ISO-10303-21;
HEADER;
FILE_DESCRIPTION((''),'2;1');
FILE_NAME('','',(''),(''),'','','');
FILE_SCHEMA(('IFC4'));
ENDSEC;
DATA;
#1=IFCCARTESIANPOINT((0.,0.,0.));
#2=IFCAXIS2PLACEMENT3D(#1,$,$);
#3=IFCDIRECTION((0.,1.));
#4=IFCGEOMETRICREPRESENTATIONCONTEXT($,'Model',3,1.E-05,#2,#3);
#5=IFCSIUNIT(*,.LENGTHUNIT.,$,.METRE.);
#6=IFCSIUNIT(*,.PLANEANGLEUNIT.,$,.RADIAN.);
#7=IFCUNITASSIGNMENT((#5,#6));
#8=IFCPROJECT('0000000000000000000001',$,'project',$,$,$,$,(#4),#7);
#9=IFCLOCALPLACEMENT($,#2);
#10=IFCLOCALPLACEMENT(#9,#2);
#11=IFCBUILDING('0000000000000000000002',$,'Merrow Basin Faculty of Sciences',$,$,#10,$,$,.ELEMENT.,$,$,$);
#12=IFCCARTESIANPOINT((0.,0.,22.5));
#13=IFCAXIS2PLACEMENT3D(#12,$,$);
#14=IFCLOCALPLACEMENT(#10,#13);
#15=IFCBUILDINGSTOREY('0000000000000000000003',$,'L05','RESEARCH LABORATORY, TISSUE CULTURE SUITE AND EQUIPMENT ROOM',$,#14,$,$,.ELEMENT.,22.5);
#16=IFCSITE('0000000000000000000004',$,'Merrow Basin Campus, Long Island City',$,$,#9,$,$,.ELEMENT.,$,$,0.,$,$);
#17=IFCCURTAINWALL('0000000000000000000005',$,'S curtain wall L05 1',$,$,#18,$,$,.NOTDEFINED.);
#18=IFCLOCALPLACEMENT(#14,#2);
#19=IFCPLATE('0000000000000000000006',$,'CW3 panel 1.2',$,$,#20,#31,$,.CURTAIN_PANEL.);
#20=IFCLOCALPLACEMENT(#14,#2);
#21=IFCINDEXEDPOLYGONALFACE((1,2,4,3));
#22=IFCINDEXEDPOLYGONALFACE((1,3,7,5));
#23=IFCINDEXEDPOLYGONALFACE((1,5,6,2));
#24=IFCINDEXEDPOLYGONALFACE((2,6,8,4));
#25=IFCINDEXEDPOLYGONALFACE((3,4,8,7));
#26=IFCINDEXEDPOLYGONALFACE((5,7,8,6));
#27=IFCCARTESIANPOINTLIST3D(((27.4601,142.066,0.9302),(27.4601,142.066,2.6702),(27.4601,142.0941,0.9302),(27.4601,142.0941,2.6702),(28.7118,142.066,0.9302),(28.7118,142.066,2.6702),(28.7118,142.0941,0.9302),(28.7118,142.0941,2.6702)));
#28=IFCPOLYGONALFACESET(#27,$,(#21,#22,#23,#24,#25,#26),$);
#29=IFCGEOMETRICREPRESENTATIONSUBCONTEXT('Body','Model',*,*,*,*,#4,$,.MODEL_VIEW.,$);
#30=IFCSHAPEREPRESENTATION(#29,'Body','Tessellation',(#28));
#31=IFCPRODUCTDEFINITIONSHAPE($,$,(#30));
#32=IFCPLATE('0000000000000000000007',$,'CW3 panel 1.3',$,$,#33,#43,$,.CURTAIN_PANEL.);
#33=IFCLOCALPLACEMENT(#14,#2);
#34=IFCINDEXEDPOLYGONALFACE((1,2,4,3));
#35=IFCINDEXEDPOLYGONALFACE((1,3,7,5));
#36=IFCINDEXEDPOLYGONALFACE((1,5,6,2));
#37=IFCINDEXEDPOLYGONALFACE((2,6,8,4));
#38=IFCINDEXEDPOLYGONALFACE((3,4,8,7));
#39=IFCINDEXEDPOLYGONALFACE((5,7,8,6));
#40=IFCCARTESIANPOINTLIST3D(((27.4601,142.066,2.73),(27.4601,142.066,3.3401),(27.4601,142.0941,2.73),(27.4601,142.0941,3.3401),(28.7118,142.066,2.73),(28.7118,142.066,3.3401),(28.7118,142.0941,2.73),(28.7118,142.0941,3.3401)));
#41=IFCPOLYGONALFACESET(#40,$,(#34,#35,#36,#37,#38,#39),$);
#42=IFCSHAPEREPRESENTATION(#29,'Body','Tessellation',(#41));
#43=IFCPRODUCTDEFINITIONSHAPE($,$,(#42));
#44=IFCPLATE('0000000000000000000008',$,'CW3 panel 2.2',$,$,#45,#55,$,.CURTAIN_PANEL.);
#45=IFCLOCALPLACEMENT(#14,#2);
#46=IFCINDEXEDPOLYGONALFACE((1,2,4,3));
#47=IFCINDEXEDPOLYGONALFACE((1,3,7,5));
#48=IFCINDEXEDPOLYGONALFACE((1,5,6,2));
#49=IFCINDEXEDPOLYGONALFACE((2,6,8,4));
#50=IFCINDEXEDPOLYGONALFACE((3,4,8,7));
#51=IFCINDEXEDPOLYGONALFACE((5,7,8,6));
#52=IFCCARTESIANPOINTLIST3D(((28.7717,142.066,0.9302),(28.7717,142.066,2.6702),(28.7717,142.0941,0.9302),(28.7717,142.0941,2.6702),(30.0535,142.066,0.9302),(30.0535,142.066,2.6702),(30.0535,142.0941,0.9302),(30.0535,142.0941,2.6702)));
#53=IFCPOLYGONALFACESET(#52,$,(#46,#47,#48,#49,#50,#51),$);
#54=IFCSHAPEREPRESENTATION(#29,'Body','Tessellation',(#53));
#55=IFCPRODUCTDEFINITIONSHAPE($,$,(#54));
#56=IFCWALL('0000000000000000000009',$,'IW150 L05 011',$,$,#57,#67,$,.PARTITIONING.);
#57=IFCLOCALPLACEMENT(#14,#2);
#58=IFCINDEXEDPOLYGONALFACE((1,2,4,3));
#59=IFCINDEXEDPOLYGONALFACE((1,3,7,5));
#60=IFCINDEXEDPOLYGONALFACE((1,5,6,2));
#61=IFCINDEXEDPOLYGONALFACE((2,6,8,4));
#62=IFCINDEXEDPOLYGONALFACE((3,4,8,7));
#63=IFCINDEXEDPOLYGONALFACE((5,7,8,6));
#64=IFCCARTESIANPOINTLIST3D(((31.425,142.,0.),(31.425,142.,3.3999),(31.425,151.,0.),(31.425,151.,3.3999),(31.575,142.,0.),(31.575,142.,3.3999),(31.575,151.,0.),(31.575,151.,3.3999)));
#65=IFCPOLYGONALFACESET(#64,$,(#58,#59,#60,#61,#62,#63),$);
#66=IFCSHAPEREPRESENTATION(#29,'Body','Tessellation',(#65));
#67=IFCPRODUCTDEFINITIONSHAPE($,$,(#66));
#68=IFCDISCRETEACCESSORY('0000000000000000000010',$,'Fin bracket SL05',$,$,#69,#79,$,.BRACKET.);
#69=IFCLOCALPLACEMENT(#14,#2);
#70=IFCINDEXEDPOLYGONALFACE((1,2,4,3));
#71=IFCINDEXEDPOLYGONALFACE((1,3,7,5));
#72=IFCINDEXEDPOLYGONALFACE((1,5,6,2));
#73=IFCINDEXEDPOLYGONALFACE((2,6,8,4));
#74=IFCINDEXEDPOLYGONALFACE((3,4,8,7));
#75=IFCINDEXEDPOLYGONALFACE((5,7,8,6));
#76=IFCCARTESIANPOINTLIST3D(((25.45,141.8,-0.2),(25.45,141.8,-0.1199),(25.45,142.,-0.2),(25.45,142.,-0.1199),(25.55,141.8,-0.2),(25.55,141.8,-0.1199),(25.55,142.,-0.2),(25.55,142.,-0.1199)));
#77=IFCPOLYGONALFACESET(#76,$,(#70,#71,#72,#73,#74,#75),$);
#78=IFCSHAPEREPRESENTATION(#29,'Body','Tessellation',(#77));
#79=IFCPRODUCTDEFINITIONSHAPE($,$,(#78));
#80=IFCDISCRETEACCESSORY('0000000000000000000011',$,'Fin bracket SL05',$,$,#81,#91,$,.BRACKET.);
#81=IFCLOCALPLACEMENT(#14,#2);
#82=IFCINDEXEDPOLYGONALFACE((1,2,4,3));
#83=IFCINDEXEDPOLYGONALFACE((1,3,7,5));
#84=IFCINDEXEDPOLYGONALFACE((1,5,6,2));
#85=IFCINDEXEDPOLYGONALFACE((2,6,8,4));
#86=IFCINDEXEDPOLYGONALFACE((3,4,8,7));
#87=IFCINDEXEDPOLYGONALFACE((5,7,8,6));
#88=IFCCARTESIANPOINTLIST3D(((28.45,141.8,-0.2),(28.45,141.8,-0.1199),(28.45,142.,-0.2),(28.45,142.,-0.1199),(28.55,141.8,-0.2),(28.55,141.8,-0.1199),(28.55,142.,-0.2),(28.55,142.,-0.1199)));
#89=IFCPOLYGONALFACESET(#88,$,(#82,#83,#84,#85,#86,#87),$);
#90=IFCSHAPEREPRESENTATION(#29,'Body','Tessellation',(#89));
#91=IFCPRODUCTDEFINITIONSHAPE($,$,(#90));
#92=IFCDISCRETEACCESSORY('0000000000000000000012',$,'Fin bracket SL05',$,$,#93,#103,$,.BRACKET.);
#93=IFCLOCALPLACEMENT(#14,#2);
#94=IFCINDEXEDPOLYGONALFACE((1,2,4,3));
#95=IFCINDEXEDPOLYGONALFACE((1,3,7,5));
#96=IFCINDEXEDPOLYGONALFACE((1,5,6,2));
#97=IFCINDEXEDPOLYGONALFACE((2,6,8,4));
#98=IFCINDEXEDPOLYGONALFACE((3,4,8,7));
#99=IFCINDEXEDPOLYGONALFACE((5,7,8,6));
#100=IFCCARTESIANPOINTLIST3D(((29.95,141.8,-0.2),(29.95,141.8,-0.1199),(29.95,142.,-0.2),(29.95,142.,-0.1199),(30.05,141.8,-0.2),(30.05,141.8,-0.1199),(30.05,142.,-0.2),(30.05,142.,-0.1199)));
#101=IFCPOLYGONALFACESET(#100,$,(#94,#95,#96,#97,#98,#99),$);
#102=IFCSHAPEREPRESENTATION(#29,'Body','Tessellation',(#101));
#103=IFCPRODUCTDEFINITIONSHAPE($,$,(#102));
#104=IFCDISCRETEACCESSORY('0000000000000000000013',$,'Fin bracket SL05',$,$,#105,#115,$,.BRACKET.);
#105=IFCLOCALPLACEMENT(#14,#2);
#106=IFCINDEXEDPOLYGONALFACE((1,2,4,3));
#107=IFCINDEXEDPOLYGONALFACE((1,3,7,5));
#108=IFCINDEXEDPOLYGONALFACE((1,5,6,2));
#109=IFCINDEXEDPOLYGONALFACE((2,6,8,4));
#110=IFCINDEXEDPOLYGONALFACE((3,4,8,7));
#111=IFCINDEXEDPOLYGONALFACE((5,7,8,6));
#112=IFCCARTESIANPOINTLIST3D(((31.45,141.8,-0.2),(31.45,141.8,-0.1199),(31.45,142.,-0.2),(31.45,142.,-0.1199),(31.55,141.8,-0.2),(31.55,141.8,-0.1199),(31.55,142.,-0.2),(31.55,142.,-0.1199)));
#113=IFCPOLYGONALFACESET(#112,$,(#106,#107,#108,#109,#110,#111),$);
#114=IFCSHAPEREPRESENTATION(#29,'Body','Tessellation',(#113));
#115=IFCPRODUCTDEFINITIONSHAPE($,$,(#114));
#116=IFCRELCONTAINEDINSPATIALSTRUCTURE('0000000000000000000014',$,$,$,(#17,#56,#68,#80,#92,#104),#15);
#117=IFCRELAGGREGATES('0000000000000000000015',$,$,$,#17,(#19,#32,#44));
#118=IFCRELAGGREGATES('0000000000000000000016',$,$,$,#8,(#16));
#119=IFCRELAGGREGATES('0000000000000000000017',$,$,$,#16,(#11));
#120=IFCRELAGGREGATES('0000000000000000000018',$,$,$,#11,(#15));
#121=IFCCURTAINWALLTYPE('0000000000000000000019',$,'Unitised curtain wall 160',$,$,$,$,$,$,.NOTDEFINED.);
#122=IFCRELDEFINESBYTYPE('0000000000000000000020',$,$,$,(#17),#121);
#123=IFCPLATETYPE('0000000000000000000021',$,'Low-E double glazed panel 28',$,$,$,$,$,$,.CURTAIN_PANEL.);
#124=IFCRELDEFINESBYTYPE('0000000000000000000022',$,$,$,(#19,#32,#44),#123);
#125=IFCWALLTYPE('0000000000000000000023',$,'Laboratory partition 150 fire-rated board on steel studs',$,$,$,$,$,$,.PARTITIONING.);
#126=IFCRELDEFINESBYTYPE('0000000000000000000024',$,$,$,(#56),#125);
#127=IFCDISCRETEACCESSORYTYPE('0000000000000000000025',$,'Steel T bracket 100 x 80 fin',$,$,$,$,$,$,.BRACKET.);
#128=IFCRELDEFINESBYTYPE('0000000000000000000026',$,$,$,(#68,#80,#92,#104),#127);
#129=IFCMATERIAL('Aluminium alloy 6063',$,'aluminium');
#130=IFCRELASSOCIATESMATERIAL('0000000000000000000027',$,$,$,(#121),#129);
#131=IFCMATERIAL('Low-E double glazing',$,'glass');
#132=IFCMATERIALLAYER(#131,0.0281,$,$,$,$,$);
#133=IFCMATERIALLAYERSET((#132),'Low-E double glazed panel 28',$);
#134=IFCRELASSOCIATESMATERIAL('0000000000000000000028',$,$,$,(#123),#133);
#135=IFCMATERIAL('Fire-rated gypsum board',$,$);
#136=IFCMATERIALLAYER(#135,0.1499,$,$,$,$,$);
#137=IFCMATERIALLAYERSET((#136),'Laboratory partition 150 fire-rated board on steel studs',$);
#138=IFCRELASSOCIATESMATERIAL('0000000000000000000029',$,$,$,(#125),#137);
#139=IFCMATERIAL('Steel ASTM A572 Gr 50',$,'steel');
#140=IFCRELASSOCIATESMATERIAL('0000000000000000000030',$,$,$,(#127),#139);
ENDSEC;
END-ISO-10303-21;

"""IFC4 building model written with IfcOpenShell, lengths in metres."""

from ifc_helpers import new_model, si_unit, direction, frame, frame_2d, origin, origin_2d, place, context, subcontext, project, spatial, polyline, rectangle, outline, extrude, source, transform, mapped, material, layer, layer_set, type_object, element, aggregate, save


model = new_model("IFC4")

# Units and contexts
model_context = context("Model", 3, precision=1e-05, world=origin(), true_north=direction((0.0, 1.0)))
body_context = subcontext(model_context, "Body", "Model", "MODEL_VIEW")
ifc_project = project(units=[si_unit("LENGTHUNIT", "METRE"), si_unit("PLANEANGLEUNIT", "RADIAN")], contexts=[model_context])

# Site, building, storey
site_placement = place(None, origin())
site = spatial("IfcSite", under=ifc_project, at=site_placement, Name="Merrow Basin Campus, Long Island City", CompositionType="ELEMENT", RefElevation=0.0)
building_placement = place(site_placement, origin())
building = spatial("IfcBuilding", under=site, at=building_placement, Name="Merrow Basin Faculty of Sciences", CompositionType="ELEMENT")
storey_placement = place(building_placement, frame((0.0, 0.0, 22.5)))
storey = spatial("IfcBuildingStorey", under=building, at=storey_placement, Name="L05", Description="RESEARCH LABORATORY, TISSUE CULTURE SUITE AND EQUIPMENT ROOM", CompositionType="ELEMENT", Elevation=22.5)

# Curtain wall
ifc_material_1 = material(Name="Aluminium alloy 6063", Category="aluminium")
curtain_wall_type = type_object("IfcCurtainWallType", Name="Unitised curtain wall 160", PredefinedType="NOTDEFINED", material=ifc_material_1)
curtain_wall_placement = place(storey_placement, origin())
curtain_wall = element("IfcCurtainWall", 1, at=curtain_wall_placement, inside=storey, type_object=curtain_wall_type, Name="S curtain wall L05 1", PredefinedType="NOTDEFINED")

# Plates
ifc_material_2 = material(Name="Low-E double glazing", Category="glass")
ifc_layer_1 = layer(ifc_material_2, 0.0281)
ifc_layer_set_1 = layer_set([ifc_layer_1], Name="Low-E double glazed panel 28")
plate_type_1 = type_object("IfcPlateType", Name="Low-E double glazed panel 28", PredefinedType="CURTAIN_PANEL", material=ifc_layer_set_1)
plate_1_placement = place(storey_placement, frame((28.0859, 142.0801, 0.9302), z_axis=(0.0, 0.0, 1.0), x_axis=(1.0, 0.0, 0.0)))
plate_1 = element("IfcPlate", 2, at=plate_1_placement, type_object=plate_type_1, Name="CW3 panel 1.2", PredefinedType="CURTAIN_PANEL", context=body_context, shape_type="SweptSolid", body=[
    extrude(rectangle(XDim=1.2517, YDim=0.0281, at=origin_2d()), origin(), (0.0, 0.0, 1.0), 1.74),
])
plate_2_placement = place(storey_placement, frame((28.0859, 142.0801, 2.73), z_axis=(0.0, 0.0, 1.0), x_axis=(1.0, 0.0, 0.0)))
plate_2 = element("IfcPlate", 3, at=plate_2_placement, type_object=plate_type_1, Name="CW3 panel 1.3", PredefinedType="CURTAIN_PANEL", context=body_context, shape_type="SweptSolid", body=[
    extrude(rectangle(XDim=1.2517, YDim=0.0281, at=origin_2d()), origin(), (0.0, 0.0, 1.0), 0.6101),
])
plate_3_placement = place(storey_placement, frame((29.4126, 142.0801, 0.9302), z_axis=(0.0, 0.0, 1.0), x_axis=(1.0, 0.0, 0.0)))
plate_3 = element("IfcPlate", 4, at=plate_3_placement, type_object=plate_type_1, Name="CW3 panel 2.2", PredefinedType="CURTAIN_PANEL", context=body_context, shape_type="SweptSolid", body=[
    extrude(rectangle(XDim=1.2817, YDim=0.0281, at=origin_2d()), origin(), (0.0, 0.0, 1.0), 1.74),
])
aggregate(curtain_wall, [plate_1, plate_2, plate_3])

# Wall
ifc_material_3 = material(Name="Fire-rated gypsum board")
ifc_layer_2 = layer(ifc_material_3, 0.1499)
ifc_layer_set_2 = layer_set([ifc_layer_2], Name="Laboratory partition 150 fire-rated board on steel studs")
wall_type = type_object("IfcWallType", Name="Laboratory partition 150 fire-rated board on steel studs", PredefinedType="PARTITIONING", material=ifc_layer_set_2)
wall_placement = place(storey_placement, frame((31.5, 142.0, 0.0), z_axis=(0.0, 0.0, 1.0), x_axis=(0.0, 1.0, 0.0)))
element("IfcWall", 5, at=wall_placement, inside=storey, type_object=wall_type, Name="IW150 L05 011", PredefinedType="PARTITIONING", context=body_context, shape_type="SweptSolid", body=[
    extrude(rectangle(XDim=9.0, YDim=0.1499, at=frame_2d((4.5, 0.0))), origin(), (0.0, 0.0, 1.0), 3.3999),
])

# Discrete accessories
ifc_material_4 = material(Name="Steel ASTM A572 Gr 50", Category="steel")
discrete_accessory_type = type_object("IfcDiscreteAccessoryType", Name="Steel T bracket 100 x 80 fin", PredefinedType="BRACKET", material=ifc_material_4)
shared_shape = source(origin(), body_context, "Body", "SweptSolid", [
    extrude(outline(polyline([(0.0, 0.0), (0.1001, 0.0), (0.1001, 0.0801), (0.0, 0.0801), (0.0, 0.0)])), origin(), (0.0, 0.0, 1.0), 0.2),
])
for number, where, z_axis, x_axis, name in (
    (6, (25.45, 142.0, -0.2), (0.0, -1.0, 0.0), (1.0, 0.0, 0.0), "Fin bracket SL05"),
    (7, (28.45, 142.0, -0.2), (0.0, -1.0, 0.0), (1.0, 0.0, 0.0), "Fin bracket SL05"),
    (8, (29.95, 142.0, -0.2), (0.0, -1.0, 0.0), (1.0, 0.0, 0.0), "Fin bracket SL05"),
    (9, (31.45, 142.0, -0.2), (0.0, -1.0, 0.0), (1.0, 0.0, 0.0), "Fin bracket SL05"),
):
    element("IfcDiscreteAccessory", number, at=place(storey_placement, frame(where, z_axis=z_axis, x_axis=x_axis)), inside=storey, type_object=discrete_accessory_type, Name=name, PredefinedType="BRACKET", context=body_context, shape_type="MappedRepresentation", body=[
        mapped(shared_shape, transform((0.0, 0.0, 0.0), scale=1.0)),
    ])

save(model, "model.ifc")
